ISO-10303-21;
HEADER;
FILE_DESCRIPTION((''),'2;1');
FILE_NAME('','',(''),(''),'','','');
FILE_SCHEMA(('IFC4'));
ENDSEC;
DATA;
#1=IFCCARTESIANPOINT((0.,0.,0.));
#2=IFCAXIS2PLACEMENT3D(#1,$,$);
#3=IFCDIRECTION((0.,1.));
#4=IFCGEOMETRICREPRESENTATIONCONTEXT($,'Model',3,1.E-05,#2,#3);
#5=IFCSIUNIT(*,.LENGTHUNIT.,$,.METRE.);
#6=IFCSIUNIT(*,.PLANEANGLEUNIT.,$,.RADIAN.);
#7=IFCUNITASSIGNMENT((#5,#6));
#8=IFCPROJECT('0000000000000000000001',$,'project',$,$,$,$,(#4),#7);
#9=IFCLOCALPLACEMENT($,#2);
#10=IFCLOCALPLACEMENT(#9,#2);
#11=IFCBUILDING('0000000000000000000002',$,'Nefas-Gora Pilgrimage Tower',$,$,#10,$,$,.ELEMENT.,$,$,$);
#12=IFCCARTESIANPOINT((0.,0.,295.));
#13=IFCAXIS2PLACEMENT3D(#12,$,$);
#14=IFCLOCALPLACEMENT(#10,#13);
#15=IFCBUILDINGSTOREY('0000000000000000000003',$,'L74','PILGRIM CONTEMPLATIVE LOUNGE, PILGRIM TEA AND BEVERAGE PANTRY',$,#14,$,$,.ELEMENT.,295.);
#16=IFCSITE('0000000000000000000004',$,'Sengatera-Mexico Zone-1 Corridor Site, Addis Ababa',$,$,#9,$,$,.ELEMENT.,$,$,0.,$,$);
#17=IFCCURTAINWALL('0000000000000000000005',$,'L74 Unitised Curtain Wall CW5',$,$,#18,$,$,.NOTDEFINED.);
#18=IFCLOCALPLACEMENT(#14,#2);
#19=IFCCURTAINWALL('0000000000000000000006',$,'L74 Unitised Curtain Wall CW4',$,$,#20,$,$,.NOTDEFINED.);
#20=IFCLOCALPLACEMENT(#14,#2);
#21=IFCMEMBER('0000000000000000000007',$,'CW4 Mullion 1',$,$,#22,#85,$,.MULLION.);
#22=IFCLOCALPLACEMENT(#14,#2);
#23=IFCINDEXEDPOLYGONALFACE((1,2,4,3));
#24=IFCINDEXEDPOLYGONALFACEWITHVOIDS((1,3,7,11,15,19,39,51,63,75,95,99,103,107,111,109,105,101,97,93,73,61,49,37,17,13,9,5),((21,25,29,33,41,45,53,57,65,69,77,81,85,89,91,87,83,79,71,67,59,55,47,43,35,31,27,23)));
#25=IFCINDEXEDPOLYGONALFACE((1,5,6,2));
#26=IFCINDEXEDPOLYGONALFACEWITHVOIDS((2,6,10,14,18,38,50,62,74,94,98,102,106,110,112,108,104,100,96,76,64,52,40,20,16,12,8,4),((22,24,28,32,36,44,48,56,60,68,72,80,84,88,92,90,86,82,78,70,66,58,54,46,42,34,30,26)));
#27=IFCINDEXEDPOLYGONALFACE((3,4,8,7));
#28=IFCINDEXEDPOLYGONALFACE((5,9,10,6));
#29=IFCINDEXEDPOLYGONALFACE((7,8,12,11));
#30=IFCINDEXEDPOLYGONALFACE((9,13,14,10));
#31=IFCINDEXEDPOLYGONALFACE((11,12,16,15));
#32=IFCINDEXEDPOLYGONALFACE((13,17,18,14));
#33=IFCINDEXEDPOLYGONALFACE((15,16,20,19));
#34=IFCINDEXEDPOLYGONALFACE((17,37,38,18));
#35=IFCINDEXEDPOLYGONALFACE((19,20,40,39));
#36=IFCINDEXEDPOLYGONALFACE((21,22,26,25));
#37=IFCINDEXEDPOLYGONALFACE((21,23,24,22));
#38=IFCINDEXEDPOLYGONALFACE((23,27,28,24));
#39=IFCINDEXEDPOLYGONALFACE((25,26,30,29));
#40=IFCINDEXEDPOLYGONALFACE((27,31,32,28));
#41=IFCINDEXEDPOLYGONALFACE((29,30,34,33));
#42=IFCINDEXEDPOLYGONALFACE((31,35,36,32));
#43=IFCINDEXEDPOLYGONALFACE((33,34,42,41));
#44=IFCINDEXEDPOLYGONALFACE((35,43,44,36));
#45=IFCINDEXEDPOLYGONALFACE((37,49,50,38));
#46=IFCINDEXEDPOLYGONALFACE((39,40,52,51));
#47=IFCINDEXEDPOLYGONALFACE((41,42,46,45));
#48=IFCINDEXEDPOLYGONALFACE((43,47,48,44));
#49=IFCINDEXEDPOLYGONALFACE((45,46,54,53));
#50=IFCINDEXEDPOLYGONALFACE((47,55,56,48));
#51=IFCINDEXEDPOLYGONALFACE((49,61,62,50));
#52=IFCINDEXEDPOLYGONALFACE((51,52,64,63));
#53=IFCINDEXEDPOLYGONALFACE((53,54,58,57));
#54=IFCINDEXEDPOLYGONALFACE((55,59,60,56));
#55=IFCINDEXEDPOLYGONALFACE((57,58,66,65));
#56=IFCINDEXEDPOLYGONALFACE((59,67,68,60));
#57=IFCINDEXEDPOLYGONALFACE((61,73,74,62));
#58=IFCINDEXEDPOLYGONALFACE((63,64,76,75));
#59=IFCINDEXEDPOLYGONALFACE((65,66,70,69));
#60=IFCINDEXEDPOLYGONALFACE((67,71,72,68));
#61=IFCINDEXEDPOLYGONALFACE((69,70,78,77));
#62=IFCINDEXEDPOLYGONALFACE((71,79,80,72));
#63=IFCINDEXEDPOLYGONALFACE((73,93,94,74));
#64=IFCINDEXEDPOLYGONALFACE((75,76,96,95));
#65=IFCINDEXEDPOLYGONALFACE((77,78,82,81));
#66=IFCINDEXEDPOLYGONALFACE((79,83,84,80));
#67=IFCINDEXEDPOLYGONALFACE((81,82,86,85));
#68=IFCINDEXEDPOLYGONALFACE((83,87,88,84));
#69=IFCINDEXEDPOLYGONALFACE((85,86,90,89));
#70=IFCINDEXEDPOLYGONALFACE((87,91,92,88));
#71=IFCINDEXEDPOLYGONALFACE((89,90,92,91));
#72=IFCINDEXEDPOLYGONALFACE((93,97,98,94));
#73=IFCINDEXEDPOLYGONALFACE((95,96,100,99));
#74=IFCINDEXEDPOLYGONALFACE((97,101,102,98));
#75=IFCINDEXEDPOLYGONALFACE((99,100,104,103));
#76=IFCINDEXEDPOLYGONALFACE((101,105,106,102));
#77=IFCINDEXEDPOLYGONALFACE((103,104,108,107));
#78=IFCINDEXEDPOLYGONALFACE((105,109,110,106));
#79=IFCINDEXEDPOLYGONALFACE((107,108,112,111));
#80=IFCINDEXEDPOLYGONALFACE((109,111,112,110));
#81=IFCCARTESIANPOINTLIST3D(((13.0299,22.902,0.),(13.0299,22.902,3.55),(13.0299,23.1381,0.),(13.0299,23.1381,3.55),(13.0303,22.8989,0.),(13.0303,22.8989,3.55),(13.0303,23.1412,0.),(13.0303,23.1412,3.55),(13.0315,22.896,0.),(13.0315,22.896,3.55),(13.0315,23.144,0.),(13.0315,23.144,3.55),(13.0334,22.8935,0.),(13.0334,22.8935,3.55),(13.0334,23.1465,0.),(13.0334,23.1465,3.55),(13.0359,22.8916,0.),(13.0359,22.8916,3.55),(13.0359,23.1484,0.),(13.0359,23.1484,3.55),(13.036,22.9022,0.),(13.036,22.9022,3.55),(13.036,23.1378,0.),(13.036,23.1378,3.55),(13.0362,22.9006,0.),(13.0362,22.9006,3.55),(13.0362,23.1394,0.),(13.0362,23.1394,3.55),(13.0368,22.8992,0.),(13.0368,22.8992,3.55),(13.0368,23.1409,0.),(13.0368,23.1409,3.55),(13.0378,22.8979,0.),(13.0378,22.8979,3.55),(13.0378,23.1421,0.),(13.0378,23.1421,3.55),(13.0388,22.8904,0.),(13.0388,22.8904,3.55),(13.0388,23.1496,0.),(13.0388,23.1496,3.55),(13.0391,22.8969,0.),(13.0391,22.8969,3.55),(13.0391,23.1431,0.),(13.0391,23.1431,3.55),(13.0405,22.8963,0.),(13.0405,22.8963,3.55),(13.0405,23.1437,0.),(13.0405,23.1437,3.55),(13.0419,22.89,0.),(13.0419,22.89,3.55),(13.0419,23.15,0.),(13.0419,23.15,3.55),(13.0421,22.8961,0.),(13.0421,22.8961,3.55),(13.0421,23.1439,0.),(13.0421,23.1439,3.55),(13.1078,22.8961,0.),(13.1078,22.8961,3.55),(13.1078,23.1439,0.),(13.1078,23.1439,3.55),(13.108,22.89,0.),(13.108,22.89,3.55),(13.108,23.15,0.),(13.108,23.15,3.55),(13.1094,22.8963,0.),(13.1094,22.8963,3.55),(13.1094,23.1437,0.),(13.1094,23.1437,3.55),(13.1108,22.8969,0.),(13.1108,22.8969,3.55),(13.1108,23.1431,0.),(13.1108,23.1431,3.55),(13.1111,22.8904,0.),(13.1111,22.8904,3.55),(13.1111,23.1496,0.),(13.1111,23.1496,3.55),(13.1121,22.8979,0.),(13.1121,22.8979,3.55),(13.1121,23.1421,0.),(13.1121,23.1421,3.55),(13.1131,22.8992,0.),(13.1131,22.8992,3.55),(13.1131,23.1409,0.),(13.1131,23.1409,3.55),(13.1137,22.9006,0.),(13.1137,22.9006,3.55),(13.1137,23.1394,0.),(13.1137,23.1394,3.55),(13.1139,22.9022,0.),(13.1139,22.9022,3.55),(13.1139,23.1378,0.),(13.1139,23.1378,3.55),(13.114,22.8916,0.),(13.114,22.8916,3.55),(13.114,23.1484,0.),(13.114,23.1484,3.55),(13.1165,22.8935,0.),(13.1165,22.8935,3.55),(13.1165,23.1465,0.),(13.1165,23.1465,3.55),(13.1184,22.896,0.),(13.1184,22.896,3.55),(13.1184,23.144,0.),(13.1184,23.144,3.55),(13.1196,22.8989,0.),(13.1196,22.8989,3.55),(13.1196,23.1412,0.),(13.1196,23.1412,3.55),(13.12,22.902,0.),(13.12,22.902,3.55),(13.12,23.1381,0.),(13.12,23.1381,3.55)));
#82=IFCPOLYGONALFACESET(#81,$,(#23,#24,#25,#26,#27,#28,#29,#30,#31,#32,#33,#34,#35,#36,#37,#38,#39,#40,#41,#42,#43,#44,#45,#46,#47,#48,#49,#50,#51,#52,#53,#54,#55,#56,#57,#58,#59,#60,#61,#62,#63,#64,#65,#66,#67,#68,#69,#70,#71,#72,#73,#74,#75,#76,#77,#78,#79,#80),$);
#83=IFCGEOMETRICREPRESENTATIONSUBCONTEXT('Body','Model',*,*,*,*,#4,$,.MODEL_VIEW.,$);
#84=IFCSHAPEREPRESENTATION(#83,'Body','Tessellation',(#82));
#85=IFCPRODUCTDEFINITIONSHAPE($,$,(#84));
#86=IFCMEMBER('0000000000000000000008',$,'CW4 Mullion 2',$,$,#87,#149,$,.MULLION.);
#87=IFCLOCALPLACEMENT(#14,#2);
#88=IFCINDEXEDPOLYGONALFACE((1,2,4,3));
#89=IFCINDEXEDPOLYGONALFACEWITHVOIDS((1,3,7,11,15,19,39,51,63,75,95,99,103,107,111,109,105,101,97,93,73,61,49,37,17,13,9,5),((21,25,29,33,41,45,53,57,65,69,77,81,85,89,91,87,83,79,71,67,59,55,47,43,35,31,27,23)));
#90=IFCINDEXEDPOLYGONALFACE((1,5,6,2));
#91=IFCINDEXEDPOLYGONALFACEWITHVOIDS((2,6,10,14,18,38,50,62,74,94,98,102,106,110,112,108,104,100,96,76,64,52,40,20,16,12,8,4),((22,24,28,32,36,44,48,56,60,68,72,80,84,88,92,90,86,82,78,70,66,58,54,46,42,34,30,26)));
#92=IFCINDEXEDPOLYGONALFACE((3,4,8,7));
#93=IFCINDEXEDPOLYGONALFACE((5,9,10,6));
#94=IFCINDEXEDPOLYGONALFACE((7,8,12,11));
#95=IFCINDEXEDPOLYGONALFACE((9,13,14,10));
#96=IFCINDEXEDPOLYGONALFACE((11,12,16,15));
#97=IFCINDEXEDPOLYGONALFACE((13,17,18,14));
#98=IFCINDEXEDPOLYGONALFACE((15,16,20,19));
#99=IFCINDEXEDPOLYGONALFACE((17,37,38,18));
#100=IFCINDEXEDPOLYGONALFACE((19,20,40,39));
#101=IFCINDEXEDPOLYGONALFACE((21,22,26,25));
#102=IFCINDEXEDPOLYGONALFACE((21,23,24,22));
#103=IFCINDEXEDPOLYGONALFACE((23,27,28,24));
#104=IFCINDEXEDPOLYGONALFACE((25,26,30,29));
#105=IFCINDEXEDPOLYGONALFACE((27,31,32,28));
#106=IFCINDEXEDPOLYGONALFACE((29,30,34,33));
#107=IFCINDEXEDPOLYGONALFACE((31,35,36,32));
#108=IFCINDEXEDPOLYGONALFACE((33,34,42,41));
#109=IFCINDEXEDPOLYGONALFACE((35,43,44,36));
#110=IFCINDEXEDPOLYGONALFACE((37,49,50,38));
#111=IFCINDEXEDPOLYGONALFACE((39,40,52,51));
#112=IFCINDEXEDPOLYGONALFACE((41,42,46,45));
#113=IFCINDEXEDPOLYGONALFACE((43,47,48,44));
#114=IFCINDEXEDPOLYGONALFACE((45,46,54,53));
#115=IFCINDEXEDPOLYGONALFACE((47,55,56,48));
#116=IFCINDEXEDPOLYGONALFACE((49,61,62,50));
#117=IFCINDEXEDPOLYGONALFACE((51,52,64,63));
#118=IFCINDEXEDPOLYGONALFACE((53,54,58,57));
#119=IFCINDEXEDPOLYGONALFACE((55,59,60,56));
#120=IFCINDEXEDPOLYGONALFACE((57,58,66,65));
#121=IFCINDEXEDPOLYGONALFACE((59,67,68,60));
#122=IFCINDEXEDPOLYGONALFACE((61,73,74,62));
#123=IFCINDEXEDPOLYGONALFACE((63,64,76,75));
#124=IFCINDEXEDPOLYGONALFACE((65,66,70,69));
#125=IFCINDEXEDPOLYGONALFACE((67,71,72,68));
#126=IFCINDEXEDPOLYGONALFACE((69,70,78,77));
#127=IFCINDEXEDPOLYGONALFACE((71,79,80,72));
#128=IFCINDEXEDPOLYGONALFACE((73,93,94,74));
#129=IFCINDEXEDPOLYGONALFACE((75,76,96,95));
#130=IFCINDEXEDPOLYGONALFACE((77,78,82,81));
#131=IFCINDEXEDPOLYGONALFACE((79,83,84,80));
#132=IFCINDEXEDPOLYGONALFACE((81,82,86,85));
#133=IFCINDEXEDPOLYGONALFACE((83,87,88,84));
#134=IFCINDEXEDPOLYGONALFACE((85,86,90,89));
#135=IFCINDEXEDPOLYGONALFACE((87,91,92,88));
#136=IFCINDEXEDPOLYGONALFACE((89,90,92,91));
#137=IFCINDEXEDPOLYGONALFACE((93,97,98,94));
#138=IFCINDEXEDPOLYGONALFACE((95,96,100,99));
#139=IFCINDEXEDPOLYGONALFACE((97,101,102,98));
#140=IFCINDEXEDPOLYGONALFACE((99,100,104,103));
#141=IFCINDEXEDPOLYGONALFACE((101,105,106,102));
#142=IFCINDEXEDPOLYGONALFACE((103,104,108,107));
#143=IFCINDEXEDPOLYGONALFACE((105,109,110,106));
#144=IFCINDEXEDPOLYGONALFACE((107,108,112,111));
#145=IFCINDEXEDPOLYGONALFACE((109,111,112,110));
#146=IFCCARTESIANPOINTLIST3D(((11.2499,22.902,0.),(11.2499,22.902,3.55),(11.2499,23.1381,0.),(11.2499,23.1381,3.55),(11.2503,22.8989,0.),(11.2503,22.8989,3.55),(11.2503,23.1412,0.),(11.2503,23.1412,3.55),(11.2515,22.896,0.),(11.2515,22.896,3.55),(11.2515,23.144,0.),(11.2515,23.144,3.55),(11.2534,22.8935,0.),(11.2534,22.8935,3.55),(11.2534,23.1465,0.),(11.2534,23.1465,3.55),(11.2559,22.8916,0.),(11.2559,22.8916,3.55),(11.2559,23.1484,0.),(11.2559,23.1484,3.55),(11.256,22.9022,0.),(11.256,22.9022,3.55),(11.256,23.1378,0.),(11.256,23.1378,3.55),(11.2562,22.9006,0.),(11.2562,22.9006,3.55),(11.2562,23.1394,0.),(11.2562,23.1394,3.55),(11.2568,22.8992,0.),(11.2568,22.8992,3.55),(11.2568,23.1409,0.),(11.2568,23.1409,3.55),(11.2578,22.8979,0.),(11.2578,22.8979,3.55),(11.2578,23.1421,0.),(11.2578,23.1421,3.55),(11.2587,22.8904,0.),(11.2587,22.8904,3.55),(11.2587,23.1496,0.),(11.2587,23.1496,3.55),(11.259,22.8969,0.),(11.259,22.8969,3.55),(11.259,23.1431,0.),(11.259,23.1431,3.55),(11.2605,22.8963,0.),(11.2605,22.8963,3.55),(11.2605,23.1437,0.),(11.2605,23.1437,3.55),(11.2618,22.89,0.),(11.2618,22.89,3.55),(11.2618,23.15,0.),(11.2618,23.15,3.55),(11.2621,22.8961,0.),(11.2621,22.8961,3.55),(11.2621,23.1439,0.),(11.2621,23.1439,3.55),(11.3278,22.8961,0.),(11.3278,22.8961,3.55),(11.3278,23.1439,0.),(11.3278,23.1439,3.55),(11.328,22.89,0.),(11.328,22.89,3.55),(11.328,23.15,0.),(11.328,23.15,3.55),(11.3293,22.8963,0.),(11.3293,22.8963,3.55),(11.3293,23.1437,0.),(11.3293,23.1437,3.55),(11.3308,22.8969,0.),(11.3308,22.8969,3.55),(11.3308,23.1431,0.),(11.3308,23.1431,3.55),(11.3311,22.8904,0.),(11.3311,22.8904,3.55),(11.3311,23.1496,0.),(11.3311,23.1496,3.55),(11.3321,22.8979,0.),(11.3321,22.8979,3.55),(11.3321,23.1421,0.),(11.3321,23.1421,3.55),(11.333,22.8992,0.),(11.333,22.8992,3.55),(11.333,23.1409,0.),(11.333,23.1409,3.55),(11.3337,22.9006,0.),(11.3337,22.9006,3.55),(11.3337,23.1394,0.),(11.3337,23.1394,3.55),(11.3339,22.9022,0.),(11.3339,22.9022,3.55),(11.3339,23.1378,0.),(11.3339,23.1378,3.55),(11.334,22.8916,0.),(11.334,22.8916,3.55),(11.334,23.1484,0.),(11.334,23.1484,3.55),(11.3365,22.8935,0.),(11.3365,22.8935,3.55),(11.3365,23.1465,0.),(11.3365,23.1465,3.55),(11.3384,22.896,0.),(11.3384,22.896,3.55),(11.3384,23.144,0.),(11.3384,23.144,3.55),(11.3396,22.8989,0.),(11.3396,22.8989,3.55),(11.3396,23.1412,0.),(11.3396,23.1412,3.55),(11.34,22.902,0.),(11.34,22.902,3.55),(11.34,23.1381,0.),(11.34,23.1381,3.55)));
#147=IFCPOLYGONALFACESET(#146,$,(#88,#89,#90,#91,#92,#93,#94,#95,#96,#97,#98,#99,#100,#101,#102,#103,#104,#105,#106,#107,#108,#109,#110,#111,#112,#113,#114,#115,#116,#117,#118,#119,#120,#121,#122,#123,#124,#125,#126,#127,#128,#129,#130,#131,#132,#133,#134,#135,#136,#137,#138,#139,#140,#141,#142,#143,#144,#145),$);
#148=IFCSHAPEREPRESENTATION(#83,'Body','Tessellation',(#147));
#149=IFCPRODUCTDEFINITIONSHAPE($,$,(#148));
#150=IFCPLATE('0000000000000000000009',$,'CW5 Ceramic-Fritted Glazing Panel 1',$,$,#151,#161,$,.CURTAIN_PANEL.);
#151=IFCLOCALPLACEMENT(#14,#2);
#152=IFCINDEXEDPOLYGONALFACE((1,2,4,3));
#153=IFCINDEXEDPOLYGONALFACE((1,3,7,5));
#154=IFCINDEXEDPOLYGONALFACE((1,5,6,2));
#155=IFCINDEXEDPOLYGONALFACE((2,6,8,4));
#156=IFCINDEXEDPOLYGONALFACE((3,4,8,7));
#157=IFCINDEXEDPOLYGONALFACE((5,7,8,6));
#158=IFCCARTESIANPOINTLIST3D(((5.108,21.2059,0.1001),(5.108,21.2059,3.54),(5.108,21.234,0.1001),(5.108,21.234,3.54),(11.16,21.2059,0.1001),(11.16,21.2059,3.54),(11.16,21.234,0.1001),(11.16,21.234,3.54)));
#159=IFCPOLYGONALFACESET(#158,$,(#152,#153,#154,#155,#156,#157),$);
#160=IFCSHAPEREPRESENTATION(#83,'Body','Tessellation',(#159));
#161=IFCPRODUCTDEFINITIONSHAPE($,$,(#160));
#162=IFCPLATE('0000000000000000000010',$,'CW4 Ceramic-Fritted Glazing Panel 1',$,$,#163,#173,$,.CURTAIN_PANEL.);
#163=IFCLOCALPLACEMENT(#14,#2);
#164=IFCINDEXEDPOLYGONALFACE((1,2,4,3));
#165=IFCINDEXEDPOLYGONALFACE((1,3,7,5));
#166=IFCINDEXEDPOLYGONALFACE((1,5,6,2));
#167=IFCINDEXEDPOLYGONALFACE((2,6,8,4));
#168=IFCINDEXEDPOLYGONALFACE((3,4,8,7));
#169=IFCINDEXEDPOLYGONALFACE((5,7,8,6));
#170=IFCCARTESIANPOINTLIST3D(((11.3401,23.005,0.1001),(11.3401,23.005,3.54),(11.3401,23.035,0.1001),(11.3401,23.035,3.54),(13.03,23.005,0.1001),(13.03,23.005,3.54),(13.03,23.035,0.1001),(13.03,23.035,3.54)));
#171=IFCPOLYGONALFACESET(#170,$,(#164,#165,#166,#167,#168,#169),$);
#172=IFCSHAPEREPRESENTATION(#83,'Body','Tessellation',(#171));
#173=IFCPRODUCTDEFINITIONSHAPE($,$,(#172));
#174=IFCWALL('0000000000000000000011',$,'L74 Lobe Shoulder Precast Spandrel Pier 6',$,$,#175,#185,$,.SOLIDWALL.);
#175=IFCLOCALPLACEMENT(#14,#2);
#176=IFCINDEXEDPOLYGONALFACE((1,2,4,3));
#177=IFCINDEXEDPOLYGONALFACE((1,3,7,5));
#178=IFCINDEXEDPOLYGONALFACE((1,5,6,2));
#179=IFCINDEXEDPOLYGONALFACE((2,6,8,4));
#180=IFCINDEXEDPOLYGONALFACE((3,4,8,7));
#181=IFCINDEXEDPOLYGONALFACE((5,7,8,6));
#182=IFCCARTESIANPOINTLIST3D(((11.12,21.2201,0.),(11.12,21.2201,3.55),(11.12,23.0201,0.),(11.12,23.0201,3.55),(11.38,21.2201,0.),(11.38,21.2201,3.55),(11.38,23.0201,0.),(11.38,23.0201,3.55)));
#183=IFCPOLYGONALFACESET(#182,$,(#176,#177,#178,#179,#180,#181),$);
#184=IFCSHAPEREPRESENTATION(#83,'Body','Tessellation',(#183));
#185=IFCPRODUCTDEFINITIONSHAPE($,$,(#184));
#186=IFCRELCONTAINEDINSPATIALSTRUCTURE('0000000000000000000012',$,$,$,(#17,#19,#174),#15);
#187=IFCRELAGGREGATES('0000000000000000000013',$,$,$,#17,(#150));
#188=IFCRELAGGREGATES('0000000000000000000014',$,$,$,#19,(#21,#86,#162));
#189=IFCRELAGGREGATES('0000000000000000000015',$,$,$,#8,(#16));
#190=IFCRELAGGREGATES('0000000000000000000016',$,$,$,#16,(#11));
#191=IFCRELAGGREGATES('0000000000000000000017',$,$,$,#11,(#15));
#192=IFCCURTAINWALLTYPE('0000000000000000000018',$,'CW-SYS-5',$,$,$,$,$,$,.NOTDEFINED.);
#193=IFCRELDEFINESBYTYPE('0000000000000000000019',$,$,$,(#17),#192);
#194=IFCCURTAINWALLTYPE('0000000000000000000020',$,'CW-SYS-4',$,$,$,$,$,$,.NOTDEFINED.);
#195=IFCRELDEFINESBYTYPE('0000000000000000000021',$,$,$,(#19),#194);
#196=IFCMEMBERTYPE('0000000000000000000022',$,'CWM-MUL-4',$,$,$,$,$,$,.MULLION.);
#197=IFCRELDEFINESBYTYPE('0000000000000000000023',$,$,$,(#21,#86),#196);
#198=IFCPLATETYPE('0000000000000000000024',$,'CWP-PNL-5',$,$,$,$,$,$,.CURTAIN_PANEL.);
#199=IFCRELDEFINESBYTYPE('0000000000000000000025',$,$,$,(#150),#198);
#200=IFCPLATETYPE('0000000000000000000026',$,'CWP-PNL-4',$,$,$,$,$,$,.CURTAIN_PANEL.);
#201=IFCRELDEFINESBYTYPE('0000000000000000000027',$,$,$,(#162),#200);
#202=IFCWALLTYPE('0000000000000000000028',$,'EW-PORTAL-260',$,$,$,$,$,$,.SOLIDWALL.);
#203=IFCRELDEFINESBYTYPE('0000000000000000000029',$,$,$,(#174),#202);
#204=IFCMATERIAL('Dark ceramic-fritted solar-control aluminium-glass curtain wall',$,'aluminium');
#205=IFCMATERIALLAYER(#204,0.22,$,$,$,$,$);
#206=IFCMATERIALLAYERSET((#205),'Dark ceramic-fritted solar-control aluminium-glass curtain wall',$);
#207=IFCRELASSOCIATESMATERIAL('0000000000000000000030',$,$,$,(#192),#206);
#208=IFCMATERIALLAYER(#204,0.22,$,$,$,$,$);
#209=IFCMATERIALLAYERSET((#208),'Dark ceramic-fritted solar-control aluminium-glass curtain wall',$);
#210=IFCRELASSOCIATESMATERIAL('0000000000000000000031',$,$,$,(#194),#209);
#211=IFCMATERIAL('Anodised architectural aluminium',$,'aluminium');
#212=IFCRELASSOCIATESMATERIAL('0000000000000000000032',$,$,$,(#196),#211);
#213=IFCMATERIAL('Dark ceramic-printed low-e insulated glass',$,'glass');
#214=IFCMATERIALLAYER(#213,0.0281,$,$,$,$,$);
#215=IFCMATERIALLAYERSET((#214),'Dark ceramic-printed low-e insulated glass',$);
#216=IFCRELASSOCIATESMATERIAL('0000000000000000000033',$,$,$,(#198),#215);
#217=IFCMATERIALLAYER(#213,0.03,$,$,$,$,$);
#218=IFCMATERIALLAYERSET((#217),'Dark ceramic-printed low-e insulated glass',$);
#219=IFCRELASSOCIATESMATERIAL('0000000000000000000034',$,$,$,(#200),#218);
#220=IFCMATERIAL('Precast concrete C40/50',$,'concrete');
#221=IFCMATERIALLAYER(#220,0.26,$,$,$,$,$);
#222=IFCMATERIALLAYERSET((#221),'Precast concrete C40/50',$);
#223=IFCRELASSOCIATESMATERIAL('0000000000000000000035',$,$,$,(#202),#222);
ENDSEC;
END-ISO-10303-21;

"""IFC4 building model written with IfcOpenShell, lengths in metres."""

from ifc_helpers import new_model, si_unit, direction, frame, frame_2d, origin, origin_2d, place, context, subcontext, project, spatial, rectangle, hollow_rectangle, extrude, source, transform, mapped, material, layer, layer_set, material_profile, profile_set, type_object, element, aggregate, save


model = new_model("IFC4")

# Units and contexts
model_context = context("Model", 3, precision=1e-05, world=origin(), true_north=direction((0.0, 1.0)))
body_context = subcontext(model_context, "Body", "Model", "MODEL_VIEW")
ifc_project = project(units=[si_unit("LENGTHUNIT", "METRE"), si_unit("PLANEANGLEUNIT", "RADIAN")], contexts=[model_context])

# Site, building, storey
site_placement = place(None, origin())
site = spatial("IfcSite", under=ifc_project, at=site_placement, Name="Sengatera-Mexico Zone-1 Corridor Site, Addis Ababa", CompositionType="ELEMENT", RefElevation=0.0)
building_placement = place(site_placement, origin())
building = spatial("IfcBuilding", under=site, at=building_placement, Name="Nefas-Gora Pilgrimage Tower", CompositionType="ELEMENT")
storey_placement = place(building_placement, frame((0.0, 0.0, 295.0)))
storey = spatial("IfcBuildingStorey", under=building, at=storey_placement, Name="L74", Description="PILGRIM CONTEMPLATIVE LOUNGE, PILGRIM TEA AND BEVERAGE PANTRY", CompositionType="ELEMENT", Elevation=295.0)

# Curtain wall
ifc_material_1 = material(Name="Dark ceramic-fritted solar-control aluminium-glass curtain wall", Category="aluminium")
ifc_layer_1 = layer(ifc_material_1, 0.22)
ifc_layer_set_1 = layer_set([ifc_layer_1], Name="Dark ceramic-fritted solar-control aluminium-glass curtain wall")
curtain_wall_type_1 = type_object("IfcCurtainWallType", Name="CW-SYS-5", PredefinedType="NOTDEFINED", material=ifc_layer_set_1)
curtain_wall_1_placement = place(storey_placement, origin())
curtain_wall_1 = element("IfcCurtainWall", 1, at=curtain_wall_1_placement, inside=storey, type_object=curtain_wall_type_1, Name="L74 Unitised Curtain Wall CW5", PredefinedType="NOTDEFINED")
ifc_material_2 = material(Name="Anodised architectural aluminium", Category="aluminium")

# Curtain wall
ifc_layer_2 = layer(ifc_material_1, 0.22)
ifc_layer_set_2 = layer_set([ifc_layer_2], Name="Dark ceramic-fritted solar-control aluminium-glass curtain wall")
curtain_wall_type_2 = type_object("IfcCurtainWallType", Name="CW-SYS-4", PredefinedType="NOTDEFINED", material=ifc_layer_set_2)
curtain_wall_2_placement = place(storey_placement, origin())
curtain_wall_2 = element("IfcCurtainWall", 2, at=curtain_wall_2_placement, inside=storey, type_object=curtain_wall_type_2, Name="L74 Unitised Curtain Wall CW4", PredefinedType="NOTDEFINED")
ifc_material_profile_1 = material_profile(ifc_material_2, hollow_rectangle(XDim=0.0901, YDim=0.26, WallThickness=0.0061, InnerFilletRadius=0.0061, OuterFilletRadius=0.012, at=origin_2d()), Name="ALU MULLION 90x260")
ifc_profile_set_1 = profile_set([ifc_material_profile_1], Name="Anodised architectural aluminium")
member_type_1 = type_object("IfcMemberType", Name="CWM-MUL-4", PredefinedType="MULLION", material=ifc_profile_set_1)
shared_shape_1 = source(origin(), body_context, "Body", "SweptSolid", [
    extrude(hollow_rectangle(XDim=0.0901, YDim=0.26, WallThickness=0.0061, InnerFilletRadius=0.0061, OuterFilletRadius=0.012, at=origin_2d()), origin(), (0.0, 0.0, 1.0), 3.55),
])

# Members
member_1_placement = place(storey_placement, frame((13.075, 23.02, 0.0), z_axis=(0.0, 0.0, 1.0), x_axis=(-1.0, 0.0, 0.0)))
member_1 = element("IfcMember", 3, at=member_1_placement, type_object=member_type_1, Name="CW4 Mullion 1", PredefinedType="MULLION", context=body_context, shape_type="MappedRepresentation", body=[
    mapped(shared_shape_1, transform((0.0, 0.0, 0.0), x_axis=(1.0, 0.0, 0.0), y_axis=(0.0, 1.0, 0.0), z_axis=(0.0, 0.0, 1.0), scale=1.0)),
])
member_2_placement = place(storey_placement, frame((11.2949, 23.02, 0.0), z_axis=(0.0, 0.0, 1.0), x_axis=(-1.0, 0.0, 0.0)))
member_2 = element("IfcMember", 4, at=member_2_placement, type_object=member_type_1, Name="CW4 Mullion 2", PredefinedType="MULLION", context=body_context, shape_type="MappedRepresentation", body=[
    mapped(shared_shape_1, transform((0.0, 0.0, 0.0), x_axis=(1.0, 0.0, 0.0), y_axis=(0.0, 1.0, 0.0), z_axis=(0.0, 0.0, 1.0), scale=1.0)),
])

# Plates
ifc_material_3 = material(Name="Dark ceramic-printed low-e insulated glass", Category="glass")
ifc_layer_3 = layer(ifc_material_3, 0.0281)
ifc_layer_set_3 = layer_set([ifc_layer_3], Name="Dark ceramic-printed low-e insulated glass")
plate_type_1 = type_object("IfcPlateType", Name="CWP-PNL-5", PredefinedType="CURTAIN_PANEL", material=ifc_layer_set_3)
shared_shape_2 = source(origin(), body_context, "Body", "SweptSolid", [
    extrude(rectangle(XDim=6.052, YDim=0.0281, at=origin_2d()), origin(), (0.0, 0.0, 1.0), 3.4399),
])
plate_1_placement = place(storey_placement, frame((8.134, 21.22, 0.1001), z_axis=(0.0, 0.0, 1.0), x_axis=(-1.0, 0.0, 0.0)))
plate_1 = element("IfcPlate", 5, at=plate_1_placement, type_object=plate_type_1, Name="CW5 Ceramic-Fritted Glazing Panel 1", PredefinedType="CURTAIN_PANEL", context=body_context, shape_type="MappedRepresentation", body=[
    mapped(shared_shape_2, transform((0.0, 0.0, 0.0), x_axis=(1.0, 0.0, 0.0), y_axis=(0.0, 1.0, 0.0), z_axis=(0.0, 0.0, 1.0), scale=1.0)),
])
aggregate(curtain_wall_1, [plate_1])
ifc_layer_4 = layer(ifc_material_3, 0.03)
ifc_layer_set_4 = layer_set([ifc_layer_4], Name="Dark ceramic-printed low-e insulated glass")
plate_type_2 = type_object("IfcPlateType", Name="CWP-PNL-4", PredefinedType="CURTAIN_PANEL", material=ifc_layer_set_4)
shared_shape_3 = source(origin(), body_context, "Body", "SweptSolid", [
    extrude(rectangle(XDim=1.6899, YDim=0.03, at=origin_2d()), origin(), (0.0, 0.0, 1.0), 3.4399),
])
plate_2_placement = place(storey_placement, frame((12.1851, 23.02, 0.1001), z_axis=(0.0, 0.0, 1.0), x_axis=(-1.0, 0.0, 0.0)))
plate_2 = element("IfcPlate", 6, at=plate_2_placement, type_object=plate_type_2, Name="CW4 Ceramic-Fritted Glazing Panel 1", PredefinedType="CURTAIN_PANEL", context=body_context, shape_type="MappedRepresentation", body=[
    mapped(shared_shape_3, transform((0.0, 0.0, 0.0), x_axis=(1.0, 0.0, 0.0), y_axis=(0.0, 1.0, 0.0), z_axis=(0.0, 0.0, 1.0), scale=1.0)),
])
aggregate(curtain_wall_2, [member_1, member_2, plate_2])

# Wall
ifc_material_4 = material(Name="Precast concrete C40/50", Category="concrete")
ifc_layer_5 = layer(ifc_material_4, 0.26)
ifc_layer_set_5 = layer_set([ifc_layer_5], Name="Precast concrete C40/50")
wall_type_1 = type_object("IfcWallType", Name="EW-PORTAL-260", PredefinedType="SOLIDWALL", material=ifc_layer_set_5)
shared_shape_4 = source(origin(), body_context, "Body", "SweptSolid", [
    extrude(rectangle(XDim=1.8, YDim=0.26, at=frame_2d((0.8999, 0.0))), origin(), (0.0, 0.0, 1.0), 3.55),
])
wall_1_placement = place(storey_placement, frame((11.25, 23.02, 0.0), z_axis=(0.0, 0.0, 1.0), x_axis=(0.0, -1.0, 0.0)))
element("IfcWall", 7, at=wall_1_placement, inside=storey, type_object=wall_type_1, Name="L74 Lobe Shoulder Precast Spandrel Pier 6", PredefinedType="SOLIDWALL", context=body_context, shape_type="MappedRepresentation", body=[
    mapped(shared_shape_4, transform((0.0, 0.0, 0.0), x_axis=(1.0, 0.0, 0.0), y_axis=(0.0, 1.0, 0.0), z_axis=(0.0, 0.0, 1.0), scale=1.0)),
])

save(model, "model.ifc")
